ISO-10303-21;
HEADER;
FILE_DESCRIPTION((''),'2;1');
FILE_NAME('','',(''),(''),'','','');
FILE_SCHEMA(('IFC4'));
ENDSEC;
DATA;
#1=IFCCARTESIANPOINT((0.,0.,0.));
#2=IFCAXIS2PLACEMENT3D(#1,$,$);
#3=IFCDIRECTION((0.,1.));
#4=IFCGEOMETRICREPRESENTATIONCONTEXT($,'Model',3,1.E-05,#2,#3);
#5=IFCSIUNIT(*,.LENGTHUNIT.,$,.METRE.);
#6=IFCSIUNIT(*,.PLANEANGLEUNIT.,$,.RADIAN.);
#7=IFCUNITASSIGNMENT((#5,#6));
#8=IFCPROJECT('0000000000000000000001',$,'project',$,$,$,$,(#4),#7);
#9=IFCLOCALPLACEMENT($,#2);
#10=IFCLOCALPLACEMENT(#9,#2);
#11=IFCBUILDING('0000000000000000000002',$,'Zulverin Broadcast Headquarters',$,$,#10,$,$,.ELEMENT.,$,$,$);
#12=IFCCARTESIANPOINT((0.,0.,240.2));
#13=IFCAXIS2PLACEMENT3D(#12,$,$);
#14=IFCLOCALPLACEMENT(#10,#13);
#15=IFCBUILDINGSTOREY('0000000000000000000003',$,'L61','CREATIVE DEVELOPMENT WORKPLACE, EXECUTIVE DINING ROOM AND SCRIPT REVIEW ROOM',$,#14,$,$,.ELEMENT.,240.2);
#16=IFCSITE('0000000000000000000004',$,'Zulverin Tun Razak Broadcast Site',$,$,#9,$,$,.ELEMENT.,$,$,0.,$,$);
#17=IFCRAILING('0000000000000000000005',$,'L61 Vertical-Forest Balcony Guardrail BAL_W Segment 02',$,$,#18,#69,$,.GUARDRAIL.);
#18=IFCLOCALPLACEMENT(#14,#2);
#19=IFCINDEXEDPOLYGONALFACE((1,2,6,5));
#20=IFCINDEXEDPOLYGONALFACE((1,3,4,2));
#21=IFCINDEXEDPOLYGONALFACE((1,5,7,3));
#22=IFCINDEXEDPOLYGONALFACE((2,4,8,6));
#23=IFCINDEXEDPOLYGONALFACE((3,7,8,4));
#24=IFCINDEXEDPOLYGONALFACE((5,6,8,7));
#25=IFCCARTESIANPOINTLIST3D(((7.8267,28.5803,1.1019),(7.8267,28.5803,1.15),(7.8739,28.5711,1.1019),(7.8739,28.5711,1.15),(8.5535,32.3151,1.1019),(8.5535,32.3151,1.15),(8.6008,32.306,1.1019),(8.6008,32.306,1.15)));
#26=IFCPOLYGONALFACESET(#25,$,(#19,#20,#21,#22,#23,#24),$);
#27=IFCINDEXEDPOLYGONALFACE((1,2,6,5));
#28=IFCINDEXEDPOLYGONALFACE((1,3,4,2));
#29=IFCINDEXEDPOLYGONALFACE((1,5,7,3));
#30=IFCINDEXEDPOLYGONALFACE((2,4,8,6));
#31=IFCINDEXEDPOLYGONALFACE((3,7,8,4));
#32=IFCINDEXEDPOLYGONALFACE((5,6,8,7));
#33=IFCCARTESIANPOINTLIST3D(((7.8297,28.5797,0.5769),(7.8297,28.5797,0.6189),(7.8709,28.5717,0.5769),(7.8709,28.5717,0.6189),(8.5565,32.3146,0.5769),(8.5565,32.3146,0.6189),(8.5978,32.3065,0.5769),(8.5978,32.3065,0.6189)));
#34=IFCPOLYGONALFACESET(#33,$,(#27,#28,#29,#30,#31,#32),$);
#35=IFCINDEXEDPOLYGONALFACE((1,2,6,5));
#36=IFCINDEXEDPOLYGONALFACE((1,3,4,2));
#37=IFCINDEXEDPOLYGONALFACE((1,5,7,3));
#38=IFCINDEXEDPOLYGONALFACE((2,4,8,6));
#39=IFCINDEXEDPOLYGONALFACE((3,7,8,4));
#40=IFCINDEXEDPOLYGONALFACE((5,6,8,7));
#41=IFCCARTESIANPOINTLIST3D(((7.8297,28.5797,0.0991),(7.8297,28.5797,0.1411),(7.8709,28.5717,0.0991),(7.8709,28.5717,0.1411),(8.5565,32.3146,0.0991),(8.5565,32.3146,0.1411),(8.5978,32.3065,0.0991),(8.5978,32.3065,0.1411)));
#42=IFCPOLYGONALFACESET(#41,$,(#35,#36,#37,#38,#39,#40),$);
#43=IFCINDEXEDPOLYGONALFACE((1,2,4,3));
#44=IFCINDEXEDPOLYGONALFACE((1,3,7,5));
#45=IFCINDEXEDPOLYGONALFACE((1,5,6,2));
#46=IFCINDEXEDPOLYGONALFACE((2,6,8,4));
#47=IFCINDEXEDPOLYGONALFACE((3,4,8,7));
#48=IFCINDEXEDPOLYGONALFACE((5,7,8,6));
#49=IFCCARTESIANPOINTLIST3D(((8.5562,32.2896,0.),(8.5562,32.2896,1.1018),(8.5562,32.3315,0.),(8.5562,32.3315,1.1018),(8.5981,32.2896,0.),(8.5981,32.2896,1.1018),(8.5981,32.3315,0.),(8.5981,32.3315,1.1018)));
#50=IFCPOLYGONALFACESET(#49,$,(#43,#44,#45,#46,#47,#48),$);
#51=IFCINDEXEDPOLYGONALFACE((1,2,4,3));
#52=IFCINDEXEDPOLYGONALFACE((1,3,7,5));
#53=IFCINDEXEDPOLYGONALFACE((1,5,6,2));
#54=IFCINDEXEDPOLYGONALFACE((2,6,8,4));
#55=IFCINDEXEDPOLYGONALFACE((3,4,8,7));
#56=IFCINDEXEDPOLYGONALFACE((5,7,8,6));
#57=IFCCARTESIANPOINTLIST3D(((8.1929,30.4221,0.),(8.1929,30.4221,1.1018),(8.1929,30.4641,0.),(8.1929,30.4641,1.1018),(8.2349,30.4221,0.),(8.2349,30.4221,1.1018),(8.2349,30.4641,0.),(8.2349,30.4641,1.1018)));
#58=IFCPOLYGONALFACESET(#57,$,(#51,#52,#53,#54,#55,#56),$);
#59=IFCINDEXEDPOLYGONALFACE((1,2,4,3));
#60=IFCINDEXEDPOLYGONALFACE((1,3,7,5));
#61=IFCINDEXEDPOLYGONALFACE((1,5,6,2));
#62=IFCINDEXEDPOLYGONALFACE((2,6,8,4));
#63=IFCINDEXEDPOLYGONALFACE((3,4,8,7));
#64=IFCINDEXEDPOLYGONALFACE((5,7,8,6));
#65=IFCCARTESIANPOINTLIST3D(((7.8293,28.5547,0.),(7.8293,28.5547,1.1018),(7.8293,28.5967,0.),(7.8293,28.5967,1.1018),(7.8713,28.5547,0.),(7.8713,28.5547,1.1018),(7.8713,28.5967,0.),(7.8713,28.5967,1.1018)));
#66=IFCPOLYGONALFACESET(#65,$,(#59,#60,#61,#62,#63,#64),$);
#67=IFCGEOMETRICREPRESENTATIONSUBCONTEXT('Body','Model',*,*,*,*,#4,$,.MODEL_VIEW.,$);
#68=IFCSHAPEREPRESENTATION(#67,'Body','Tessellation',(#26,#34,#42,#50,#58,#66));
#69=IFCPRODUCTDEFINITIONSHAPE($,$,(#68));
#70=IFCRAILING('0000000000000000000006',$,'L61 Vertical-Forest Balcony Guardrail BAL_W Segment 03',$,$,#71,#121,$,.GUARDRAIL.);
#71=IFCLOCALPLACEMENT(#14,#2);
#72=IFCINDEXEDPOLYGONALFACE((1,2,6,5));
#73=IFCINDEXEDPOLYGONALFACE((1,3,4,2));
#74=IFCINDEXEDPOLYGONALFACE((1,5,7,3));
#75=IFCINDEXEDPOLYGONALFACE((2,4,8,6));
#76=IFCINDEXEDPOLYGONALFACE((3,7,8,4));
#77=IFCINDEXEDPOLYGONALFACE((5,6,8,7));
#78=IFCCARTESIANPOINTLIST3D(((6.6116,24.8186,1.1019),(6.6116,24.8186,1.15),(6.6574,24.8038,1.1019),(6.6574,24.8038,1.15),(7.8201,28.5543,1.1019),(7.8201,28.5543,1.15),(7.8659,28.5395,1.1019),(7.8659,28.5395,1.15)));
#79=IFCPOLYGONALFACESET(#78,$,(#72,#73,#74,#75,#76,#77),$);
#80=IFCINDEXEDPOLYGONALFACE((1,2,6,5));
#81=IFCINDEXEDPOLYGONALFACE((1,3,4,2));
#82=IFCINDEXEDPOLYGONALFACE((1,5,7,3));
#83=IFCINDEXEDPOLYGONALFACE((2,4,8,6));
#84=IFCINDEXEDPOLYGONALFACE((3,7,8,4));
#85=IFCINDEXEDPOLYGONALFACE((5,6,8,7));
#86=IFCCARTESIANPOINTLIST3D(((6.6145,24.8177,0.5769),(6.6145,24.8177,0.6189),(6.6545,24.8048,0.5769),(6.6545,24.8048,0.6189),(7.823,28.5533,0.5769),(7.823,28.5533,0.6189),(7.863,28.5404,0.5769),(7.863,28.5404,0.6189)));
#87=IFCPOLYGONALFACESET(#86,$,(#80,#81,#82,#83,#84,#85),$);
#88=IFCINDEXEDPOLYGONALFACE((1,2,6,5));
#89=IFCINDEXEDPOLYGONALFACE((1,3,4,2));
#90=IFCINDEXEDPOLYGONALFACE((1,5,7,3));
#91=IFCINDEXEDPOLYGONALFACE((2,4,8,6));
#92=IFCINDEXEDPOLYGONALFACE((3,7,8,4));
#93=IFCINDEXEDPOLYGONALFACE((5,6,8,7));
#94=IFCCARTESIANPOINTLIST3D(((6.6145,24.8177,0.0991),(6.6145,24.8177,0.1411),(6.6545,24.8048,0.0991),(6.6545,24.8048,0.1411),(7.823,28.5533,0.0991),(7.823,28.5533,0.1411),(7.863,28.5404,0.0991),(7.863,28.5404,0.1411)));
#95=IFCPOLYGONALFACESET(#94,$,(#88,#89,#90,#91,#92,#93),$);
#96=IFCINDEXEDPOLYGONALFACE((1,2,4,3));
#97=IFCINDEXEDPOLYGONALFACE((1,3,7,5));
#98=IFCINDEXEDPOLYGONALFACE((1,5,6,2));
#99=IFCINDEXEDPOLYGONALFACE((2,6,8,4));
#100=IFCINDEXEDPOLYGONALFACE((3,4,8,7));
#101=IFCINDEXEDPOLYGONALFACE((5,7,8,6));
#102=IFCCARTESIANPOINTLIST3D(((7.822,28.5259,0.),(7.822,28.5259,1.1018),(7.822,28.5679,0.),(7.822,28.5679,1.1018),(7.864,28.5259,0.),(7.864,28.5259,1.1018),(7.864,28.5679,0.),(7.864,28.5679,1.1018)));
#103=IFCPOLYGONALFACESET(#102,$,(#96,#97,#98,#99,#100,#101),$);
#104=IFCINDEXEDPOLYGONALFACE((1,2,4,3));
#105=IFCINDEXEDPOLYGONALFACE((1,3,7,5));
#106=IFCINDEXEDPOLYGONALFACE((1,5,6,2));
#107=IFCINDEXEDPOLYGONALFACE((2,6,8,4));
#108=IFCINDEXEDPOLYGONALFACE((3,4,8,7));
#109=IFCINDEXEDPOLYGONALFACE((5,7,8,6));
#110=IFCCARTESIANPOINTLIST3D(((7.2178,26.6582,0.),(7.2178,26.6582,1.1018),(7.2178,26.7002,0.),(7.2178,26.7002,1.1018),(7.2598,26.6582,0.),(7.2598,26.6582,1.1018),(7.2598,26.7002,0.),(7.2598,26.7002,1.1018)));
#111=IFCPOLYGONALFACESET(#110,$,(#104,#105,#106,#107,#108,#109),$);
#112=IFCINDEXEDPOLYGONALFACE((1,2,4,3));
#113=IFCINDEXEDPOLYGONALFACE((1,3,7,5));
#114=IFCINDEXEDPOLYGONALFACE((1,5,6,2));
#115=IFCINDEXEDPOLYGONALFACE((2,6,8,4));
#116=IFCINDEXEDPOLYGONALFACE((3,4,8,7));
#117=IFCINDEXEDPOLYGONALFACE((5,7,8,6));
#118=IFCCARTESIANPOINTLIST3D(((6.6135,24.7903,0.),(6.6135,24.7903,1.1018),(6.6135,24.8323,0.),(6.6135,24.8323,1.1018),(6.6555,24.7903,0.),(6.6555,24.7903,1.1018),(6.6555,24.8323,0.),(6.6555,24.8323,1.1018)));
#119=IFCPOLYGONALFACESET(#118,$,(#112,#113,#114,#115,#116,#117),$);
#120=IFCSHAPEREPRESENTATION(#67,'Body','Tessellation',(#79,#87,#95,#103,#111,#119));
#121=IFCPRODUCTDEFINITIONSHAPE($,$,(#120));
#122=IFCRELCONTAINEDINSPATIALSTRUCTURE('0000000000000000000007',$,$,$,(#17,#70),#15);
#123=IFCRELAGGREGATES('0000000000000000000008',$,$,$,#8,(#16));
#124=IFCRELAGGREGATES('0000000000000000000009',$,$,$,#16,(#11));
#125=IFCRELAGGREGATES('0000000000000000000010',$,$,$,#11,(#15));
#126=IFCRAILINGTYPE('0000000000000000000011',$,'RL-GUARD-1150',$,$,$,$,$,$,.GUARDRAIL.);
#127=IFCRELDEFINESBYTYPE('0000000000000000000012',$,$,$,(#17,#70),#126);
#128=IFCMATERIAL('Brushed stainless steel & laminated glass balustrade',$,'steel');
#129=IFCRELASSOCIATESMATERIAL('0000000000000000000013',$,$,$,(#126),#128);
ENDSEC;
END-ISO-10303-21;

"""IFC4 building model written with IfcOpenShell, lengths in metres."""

from ifc_helpers import new_model, si_unit, direction, frame, origin, origin_2d, place, context, subcontext, project, spatial, rectangle, extrude, material, type_object, element, save


model = new_model("IFC4")

# Units and contexts
model_context = context("Model", 3, precision=1e-05, world=origin(), true_north=direction((0.0, 1.0)))
body_context = subcontext(model_context, "Body", "Model", "MODEL_VIEW")
ifc_project = project(units=[si_unit("LENGTHUNIT", "METRE"), si_unit("PLANEANGLEUNIT", "RADIAN")], contexts=[model_context])

# Site, building, storey
site_placement = place(None, origin())
site = spatial("IfcSite", under=ifc_project, at=site_placement, Name="Zulverin Tun Razak Broadcast Site", CompositionType="ELEMENT", RefElevation=0.0)
building_placement = place(site_placement, origin())
building = spatial("IfcBuilding", under=site, at=building_placement, Name="Zulverin Broadcast Headquarters", CompositionType="ELEMENT")
storey_placement = place(building_placement, frame((0.0, 0.0, 240.2)))
storey = spatial("IfcBuildingStorey", under=building, at=storey_placement, Name="L61", Description="CREATIVE DEVELOPMENT WORKPLACE, EXECUTIVE DINING ROOM AND SCRIPT REVIEW ROOM", CompositionType="ELEMENT", Elevation=240.2)

# Railings
ifc_material_1 = material(Name="Brushed stainless steel & laminated glass balustrade", Category="steel")
railing_type = type_object("IfcRailingType", Name="RL-GUARD-1150", PredefinedType="GUARDRAIL", material=ifc_material_1)
railing_1_placement = place(storey_placement, frame((8.5771, 32.3105, 0.0)))
element("IfcRailing", 1, at=railing_1_placement, inside=storey, type_object=railing_type, Name="L61 Vertical-Forest Balcony Guardrail BAL_W Segment 02", PredefinedType="GUARDRAIL", context=body_context, shape_type="SweptSolid", body=[
    extrude(rectangle(XDim=0.0481, YDim=0.0481, at=origin_2d()), frame((0.0, 0.0, 1.126), z_axis=(-0.191017, -0.981587, 0.0), x_axis=(0.981587, -0.191017, 0.0)), (0.0, 0.0, 1.0), 3.8049),
    extrude(rectangle(XDim=0.042, YDim=0.042, at=origin_2d()), frame((0.0, 0.0, 0.5979), z_axis=(-0.191017, -0.981587, 0.0), x_axis=(0.981587, -0.191017, 0.0)), (0.0, 0.0, 1.0), 3.8049),
    extrude(rectangle(XDim=0.042, YDim=0.042, at=origin_2d()), frame((0.0, 0.0, 0.1201), z_axis=(-0.191017, -0.981587, 0.0), x_axis=(0.981587, -0.191017, 0.0)), (0.0, 0.0, 1.0), 3.8049),
    extrude(rectangle(XDim=0.042, YDim=0.042, at=origin_2d()), origin(), (0.0, 0.0, 1.0), 1.1018),
    extrude(rectangle(XDim=0.042, YDim=0.042, at=origin_2d()), frame((-0.3633, -1.8674, 0.0)), (0.0, 0.0, 1.0), 1.1018),
    extrude(rectangle(XDim=0.042, YDim=0.042, at=origin_2d()), frame((-0.7268, -3.7349, 0.0)), (0.0, 0.0, 1.0), 1.1018),
])
railing_2_placement = place(storey_placement, frame((7.843, 28.5469, 0.0)))
element("IfcRailing", 2, at=railing_2_placement, inside=storey, type_object=railing_type, Name="L61 Vertical-Forest Balcony Guardrail BAL_W Segment 03", PredefinedType="GUARDRAIL", context=body_context, shape_type="SweptSolid", body=[
    extrude(rectangle(XDim=0.0481, YDim=0.0481, at=origin_2d()), frame((0.0, 0.0, 1.126), z_axis=(-0.307802, -0.95145, 0.0), x_axis=(0.95145, -0.307802, 0.0)), (0.0, 0.0, 1.0), 3.9263),
    extrude(rectangle(XDim=0.042, YDim=0.042, at=origin_2d()), frame((0.0, 0.0, 0.5979), z_axis=(-0.307802, -0.95145, 0.0), x_axis=(0.95145, -0.307802, 0.0)), (0.0, 0.0, 1.0), 3.9263),
    extrude(rectangle(XDim=0.042, YDim=0.042, at=origin_2d()), frame((0.0, 0.0, 0.1201), z_axis=(-0.307802, -0.95145, 0.0), x_axis=(0.95145, -0.307802, 0.0)), (0.0, 0.0, 1.0), 3.9263),
    extrude(rectangle(XDim=0.042, YDim=0.042, at=origin_2d()), origin(), (0.0, 0.0, 1.0), 1.1018),
    extrude(rectangle(XDim=0.042, YDim=0.042, at=origin_2d()), frame((-0.6042, -1.8677, 0.0)), (0.0, 0.0, 1.0), 1.1018),
    extrude(rectangle(XDim=0.042, YDim=0.042, at=origin_2d()), frame((-1.2085, -3.7356, 0.0)), (0.0, 0.0, 1.0), 1.1018),
])

save(model, "model.ifc")
